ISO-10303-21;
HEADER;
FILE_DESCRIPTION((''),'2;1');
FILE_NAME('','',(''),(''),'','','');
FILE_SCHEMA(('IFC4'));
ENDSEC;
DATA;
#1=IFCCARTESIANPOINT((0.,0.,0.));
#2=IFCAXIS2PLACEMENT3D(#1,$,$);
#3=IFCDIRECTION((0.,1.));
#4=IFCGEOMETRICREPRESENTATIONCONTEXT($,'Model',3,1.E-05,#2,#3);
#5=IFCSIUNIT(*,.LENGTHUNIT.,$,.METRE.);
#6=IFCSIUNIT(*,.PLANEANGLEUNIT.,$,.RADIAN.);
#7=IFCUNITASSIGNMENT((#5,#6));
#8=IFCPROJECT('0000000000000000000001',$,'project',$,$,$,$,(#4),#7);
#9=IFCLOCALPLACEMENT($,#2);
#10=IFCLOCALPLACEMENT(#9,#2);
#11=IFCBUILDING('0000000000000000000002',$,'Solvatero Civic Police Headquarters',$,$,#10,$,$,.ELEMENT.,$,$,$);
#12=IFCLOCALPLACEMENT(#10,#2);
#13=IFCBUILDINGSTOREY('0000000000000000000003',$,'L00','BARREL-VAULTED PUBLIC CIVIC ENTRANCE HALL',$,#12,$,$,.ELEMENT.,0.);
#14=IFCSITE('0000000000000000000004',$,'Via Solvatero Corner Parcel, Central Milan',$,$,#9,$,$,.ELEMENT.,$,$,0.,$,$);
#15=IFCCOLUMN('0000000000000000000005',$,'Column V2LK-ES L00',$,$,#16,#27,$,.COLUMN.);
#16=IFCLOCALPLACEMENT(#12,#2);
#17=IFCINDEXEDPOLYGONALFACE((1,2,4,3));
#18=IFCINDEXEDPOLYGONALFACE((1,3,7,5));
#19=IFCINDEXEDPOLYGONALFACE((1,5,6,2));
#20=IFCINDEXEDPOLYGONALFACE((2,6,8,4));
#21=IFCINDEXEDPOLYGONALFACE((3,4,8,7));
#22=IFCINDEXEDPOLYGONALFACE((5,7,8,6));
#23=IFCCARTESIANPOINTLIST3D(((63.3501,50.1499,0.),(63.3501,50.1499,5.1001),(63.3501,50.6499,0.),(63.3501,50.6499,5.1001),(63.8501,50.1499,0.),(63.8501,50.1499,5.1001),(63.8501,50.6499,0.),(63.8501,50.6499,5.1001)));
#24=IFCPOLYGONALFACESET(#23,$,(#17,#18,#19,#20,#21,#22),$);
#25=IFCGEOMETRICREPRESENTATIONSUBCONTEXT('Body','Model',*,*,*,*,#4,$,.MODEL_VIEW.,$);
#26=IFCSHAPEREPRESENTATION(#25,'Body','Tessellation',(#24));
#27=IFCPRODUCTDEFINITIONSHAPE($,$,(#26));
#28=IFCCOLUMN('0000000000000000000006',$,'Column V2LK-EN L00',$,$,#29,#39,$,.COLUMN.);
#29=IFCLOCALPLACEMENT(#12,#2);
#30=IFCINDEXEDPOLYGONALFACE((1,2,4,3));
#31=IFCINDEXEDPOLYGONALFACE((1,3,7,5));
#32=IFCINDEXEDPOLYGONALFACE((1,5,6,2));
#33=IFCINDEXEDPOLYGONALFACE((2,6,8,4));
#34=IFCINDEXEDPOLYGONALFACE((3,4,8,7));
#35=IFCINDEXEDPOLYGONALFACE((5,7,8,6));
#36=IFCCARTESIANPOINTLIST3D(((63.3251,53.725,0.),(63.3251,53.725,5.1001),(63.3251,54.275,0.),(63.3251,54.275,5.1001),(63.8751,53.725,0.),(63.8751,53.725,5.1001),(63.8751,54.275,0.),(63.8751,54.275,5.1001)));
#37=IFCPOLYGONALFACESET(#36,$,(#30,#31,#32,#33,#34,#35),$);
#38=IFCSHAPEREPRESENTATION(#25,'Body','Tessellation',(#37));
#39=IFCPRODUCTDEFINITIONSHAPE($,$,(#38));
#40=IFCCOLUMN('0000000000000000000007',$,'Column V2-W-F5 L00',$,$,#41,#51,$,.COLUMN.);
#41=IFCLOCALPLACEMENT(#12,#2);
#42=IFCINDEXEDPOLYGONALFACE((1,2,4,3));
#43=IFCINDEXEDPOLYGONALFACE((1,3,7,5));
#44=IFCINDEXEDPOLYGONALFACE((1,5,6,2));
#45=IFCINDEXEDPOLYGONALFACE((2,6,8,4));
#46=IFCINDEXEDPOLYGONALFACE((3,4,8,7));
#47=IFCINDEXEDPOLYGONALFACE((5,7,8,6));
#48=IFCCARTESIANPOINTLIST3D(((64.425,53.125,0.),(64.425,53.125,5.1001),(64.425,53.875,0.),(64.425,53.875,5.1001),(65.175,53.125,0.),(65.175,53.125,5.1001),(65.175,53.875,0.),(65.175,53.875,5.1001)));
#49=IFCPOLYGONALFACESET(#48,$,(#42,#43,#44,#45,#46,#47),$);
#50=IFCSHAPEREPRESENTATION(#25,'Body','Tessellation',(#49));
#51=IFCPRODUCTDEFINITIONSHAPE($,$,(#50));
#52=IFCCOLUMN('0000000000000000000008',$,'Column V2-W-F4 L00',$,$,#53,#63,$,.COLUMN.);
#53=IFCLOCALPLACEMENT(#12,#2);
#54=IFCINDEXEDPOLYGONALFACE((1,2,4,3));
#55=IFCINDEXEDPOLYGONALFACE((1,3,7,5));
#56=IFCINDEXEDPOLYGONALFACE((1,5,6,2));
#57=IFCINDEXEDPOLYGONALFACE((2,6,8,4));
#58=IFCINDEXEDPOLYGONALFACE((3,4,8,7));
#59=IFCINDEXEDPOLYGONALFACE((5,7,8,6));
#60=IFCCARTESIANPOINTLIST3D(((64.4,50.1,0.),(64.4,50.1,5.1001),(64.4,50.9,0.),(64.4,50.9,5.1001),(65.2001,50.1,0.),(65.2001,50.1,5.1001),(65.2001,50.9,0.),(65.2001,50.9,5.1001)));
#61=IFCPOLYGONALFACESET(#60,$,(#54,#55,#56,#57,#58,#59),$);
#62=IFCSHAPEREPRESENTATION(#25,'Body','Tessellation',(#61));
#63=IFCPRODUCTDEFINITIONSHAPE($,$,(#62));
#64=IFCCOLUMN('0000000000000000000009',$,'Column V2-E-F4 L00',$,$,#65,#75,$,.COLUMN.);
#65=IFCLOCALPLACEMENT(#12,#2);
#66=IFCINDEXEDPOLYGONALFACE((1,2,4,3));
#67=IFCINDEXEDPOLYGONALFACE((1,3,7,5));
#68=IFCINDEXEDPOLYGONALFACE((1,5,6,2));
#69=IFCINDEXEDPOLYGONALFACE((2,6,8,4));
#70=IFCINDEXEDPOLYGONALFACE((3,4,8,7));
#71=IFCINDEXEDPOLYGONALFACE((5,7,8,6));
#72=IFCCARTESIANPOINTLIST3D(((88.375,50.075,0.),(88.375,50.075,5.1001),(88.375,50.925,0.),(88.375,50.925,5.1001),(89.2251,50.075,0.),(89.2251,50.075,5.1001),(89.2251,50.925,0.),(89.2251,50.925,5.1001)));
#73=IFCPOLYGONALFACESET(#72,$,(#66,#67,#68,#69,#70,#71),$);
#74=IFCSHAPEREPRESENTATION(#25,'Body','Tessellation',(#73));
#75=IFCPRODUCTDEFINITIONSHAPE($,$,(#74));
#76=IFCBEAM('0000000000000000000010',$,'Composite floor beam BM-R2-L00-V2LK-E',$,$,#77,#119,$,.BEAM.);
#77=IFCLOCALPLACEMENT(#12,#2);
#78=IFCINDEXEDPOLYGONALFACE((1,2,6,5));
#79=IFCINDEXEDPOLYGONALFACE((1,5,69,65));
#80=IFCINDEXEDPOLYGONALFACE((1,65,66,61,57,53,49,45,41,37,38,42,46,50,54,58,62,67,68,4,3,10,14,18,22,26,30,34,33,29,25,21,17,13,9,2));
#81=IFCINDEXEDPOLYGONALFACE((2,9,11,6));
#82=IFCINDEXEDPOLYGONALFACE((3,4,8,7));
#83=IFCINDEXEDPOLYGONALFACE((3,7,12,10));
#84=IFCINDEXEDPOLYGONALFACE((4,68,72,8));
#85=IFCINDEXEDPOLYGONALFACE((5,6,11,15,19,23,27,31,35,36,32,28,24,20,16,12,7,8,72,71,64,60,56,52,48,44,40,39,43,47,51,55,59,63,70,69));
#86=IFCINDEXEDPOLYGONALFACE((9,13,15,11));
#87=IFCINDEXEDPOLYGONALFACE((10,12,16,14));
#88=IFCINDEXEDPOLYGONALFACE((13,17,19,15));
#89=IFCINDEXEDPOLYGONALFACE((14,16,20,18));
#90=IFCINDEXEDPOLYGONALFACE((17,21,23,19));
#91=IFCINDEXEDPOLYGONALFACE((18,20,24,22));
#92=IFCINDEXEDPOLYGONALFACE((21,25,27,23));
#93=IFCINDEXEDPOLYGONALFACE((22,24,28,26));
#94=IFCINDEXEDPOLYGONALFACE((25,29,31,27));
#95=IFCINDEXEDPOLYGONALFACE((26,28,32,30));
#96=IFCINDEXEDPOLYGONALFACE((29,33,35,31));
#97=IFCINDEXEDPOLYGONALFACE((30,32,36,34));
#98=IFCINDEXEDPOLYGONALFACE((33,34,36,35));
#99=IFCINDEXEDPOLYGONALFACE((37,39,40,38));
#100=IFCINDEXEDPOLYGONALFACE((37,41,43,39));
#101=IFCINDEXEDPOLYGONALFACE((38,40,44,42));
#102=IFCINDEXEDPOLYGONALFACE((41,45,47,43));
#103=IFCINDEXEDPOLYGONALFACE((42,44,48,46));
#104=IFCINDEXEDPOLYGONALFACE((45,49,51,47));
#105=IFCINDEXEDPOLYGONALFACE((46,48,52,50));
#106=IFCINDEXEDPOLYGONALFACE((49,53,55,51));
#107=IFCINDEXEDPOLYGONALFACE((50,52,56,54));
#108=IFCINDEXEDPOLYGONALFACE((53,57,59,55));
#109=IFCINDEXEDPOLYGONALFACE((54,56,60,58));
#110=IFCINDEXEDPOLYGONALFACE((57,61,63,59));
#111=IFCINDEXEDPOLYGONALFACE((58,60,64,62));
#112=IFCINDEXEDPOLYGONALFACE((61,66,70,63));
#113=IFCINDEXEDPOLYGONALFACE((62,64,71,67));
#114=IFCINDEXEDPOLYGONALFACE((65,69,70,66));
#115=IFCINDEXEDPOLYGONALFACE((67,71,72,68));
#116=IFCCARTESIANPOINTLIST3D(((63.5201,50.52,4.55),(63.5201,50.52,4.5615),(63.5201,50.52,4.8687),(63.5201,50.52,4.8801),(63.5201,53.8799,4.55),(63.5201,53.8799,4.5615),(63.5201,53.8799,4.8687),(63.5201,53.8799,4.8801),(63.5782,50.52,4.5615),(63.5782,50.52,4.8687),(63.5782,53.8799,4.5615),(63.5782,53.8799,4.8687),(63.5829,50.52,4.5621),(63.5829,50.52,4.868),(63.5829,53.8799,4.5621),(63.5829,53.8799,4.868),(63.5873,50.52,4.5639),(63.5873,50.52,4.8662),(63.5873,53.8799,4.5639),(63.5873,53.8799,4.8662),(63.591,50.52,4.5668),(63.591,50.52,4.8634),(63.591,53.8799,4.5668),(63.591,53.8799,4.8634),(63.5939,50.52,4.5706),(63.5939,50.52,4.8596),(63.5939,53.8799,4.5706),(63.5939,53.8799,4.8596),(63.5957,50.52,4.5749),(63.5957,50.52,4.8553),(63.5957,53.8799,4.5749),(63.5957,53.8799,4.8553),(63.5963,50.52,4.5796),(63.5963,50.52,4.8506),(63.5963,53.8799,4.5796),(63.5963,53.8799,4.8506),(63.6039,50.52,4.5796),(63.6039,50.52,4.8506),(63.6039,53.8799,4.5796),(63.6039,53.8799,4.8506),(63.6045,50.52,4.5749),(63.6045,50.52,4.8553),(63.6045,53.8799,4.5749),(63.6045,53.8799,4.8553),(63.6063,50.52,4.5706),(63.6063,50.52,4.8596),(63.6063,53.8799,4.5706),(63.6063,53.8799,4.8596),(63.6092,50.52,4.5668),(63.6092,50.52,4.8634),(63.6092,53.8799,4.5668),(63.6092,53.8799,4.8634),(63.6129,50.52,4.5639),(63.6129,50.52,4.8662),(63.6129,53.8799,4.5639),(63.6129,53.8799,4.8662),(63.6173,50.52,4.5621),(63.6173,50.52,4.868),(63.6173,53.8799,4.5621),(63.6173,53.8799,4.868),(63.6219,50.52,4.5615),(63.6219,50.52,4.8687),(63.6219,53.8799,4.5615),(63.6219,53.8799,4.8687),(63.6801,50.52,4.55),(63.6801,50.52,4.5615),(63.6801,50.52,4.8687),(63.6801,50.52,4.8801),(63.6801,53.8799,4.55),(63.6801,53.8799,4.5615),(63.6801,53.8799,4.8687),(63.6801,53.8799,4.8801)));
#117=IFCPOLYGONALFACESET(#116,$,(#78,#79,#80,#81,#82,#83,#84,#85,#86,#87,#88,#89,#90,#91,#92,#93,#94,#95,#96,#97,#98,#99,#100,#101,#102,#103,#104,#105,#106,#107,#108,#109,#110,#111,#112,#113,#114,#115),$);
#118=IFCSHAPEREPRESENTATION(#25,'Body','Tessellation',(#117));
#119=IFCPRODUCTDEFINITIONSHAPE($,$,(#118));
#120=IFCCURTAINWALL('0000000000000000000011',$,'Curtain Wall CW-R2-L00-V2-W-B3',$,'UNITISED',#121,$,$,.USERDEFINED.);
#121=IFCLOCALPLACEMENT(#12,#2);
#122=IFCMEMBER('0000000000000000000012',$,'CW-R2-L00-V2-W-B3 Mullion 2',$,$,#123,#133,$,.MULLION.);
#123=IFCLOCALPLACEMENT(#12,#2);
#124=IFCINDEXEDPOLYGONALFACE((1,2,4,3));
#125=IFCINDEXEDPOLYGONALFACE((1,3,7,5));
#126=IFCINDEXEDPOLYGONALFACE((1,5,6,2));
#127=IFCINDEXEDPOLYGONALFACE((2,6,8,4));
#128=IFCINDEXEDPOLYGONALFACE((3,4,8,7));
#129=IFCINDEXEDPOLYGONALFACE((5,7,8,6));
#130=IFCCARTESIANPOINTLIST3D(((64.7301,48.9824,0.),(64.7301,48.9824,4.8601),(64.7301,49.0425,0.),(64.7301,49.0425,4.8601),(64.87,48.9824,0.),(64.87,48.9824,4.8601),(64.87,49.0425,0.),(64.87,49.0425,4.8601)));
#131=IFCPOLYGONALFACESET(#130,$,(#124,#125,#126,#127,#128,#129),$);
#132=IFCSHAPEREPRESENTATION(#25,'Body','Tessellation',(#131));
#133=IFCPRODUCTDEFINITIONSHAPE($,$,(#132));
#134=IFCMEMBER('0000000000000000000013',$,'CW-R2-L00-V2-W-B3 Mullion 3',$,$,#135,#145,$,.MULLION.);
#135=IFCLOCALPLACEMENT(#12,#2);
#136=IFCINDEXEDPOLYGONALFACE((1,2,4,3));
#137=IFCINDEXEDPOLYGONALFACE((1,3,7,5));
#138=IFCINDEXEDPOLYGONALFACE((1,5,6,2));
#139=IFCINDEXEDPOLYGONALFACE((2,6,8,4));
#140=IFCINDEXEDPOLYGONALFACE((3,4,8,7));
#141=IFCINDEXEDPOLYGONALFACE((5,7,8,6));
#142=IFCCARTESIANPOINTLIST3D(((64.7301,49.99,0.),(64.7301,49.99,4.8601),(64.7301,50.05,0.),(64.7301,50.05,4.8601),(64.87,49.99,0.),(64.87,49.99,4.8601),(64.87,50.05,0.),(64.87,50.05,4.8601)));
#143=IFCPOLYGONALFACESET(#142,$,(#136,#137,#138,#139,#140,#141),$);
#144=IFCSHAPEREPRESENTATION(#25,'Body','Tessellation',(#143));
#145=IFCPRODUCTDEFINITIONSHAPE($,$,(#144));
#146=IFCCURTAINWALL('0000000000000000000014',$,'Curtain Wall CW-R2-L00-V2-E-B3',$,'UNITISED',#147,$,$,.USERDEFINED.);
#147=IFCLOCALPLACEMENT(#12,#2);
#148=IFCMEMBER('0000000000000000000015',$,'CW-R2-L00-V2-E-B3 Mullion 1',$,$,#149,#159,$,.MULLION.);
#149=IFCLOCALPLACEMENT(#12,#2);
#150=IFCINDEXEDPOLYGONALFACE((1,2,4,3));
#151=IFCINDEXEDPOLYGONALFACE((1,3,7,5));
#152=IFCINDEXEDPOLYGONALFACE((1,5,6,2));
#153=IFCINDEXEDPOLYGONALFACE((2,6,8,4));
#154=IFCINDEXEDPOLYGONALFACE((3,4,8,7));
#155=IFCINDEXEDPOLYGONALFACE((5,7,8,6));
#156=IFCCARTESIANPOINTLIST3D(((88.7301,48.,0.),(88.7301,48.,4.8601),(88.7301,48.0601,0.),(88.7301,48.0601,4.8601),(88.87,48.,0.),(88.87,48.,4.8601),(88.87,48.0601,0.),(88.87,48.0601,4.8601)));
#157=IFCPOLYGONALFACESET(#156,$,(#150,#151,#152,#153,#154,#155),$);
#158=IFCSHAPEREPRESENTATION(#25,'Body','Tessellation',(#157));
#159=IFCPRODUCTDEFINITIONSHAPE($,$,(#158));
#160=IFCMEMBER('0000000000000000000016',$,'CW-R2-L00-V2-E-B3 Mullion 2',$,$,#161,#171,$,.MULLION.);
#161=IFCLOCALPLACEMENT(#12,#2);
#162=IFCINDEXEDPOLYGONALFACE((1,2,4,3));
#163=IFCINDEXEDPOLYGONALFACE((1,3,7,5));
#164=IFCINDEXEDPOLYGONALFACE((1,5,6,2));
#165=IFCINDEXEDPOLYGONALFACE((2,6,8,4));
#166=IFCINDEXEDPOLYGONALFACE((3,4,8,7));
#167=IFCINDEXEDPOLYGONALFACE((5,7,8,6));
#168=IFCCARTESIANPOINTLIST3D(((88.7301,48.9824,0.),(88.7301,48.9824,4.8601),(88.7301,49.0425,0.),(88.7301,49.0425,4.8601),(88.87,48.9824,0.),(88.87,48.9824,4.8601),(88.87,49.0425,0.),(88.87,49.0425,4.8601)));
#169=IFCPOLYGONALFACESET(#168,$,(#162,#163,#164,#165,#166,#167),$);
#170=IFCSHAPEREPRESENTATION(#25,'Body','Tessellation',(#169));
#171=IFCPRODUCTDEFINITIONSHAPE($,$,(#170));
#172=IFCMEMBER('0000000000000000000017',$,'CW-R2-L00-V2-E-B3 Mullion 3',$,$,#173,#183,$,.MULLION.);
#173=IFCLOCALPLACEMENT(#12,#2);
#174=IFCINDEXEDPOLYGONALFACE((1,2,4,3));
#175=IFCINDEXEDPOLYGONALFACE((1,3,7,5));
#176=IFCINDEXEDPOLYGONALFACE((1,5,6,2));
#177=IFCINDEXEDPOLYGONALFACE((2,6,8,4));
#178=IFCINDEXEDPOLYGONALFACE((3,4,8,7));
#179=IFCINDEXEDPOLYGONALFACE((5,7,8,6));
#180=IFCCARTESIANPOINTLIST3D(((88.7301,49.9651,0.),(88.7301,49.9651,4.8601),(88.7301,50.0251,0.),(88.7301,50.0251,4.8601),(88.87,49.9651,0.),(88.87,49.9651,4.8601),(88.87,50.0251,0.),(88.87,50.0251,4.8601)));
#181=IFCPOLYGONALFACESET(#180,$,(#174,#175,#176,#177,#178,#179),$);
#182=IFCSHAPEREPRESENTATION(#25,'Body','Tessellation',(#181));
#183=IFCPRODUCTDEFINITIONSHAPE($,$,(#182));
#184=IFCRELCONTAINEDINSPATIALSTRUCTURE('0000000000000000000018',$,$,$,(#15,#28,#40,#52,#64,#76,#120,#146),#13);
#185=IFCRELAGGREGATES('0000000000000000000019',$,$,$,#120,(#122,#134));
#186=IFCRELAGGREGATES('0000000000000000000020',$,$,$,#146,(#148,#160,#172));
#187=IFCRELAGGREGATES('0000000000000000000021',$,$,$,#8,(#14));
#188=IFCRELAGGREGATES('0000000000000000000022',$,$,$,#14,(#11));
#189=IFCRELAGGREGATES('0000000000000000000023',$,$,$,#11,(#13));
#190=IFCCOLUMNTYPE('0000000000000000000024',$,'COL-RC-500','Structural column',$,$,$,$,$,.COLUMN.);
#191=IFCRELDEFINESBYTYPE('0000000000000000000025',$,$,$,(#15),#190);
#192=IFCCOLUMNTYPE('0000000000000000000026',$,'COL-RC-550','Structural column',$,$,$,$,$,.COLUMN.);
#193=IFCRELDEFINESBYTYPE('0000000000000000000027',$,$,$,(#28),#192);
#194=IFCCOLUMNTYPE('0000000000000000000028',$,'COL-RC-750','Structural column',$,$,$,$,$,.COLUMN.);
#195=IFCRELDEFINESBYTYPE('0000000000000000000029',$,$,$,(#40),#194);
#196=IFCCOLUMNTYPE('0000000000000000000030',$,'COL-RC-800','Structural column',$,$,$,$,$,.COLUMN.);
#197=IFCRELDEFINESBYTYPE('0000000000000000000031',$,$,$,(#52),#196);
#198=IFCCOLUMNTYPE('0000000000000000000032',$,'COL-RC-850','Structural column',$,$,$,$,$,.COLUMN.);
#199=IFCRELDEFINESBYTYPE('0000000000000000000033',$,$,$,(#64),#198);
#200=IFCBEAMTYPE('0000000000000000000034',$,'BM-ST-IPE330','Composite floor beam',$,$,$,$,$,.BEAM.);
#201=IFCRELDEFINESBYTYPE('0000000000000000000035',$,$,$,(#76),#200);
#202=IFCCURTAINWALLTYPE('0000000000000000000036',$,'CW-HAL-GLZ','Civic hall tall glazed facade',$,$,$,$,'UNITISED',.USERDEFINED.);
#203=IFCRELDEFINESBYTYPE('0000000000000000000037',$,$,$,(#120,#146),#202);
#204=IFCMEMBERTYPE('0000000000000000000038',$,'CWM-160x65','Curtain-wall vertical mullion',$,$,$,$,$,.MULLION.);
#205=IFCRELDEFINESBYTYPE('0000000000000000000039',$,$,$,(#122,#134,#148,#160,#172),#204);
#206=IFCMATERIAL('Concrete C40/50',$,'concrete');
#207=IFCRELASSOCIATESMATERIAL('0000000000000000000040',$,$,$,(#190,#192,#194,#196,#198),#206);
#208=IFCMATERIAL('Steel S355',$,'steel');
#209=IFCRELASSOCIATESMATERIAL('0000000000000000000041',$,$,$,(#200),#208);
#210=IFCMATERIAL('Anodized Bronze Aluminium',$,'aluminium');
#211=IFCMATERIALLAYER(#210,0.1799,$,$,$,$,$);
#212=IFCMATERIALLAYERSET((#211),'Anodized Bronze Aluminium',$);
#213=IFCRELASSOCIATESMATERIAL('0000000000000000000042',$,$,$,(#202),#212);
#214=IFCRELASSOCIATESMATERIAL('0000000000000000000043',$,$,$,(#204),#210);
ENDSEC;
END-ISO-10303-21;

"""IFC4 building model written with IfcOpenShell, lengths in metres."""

from ifc_helpers import new_model, si_unit, direction, frame, origin, origin_2d, place, context, subcontext, project, spatial, rectangle, i_section, extrude, material, layer, layer_set, material_profile, profile_set, type_object, element, aggregate, save


model = new_model("IFC4")

# Units and contexts
model_context = context("Model", 3, precision=1e-05, world=origin(), true_north=direction((0.0, 1.0)))
body_context = subcontext(model_context, "Body", "Model", "MODEL_VIEW")
ifc_project = project(units=[si_unit("LENGTHUNIT", "METRE"), si_unit("PLANEANGLEUNIT", "RADIAN")], contexts=[model_context])

# Site, building, storey
site_placement = place(None, origin())
site = spatial("IfcSite", under=ifc_project, at=site_placement, Name="Via Solvatero Corner Parcel, Central Milan", CompositionType="ELEMENT", RefElevation=0.0)
building_placement = place(site_placement, origin())
building = spatial("IfcBuilding", under=site, at=building_placement, Name="Solvatero Civic Police Headquarters", CompositionType="ELEMENT")
storey_placement = place(building_placement, origin())
storey = spatial("IfcBuildingStorey", under=building, at=storey_placement, Name="L00", Description="BARREL-VAULTED PUBLIC CIVIC ENTRANCE HALL", CompositionType="ELEMENT", Elevation=0.0)

# Columns
ifc_material_1 = material(Name="Concrete C40/50", Category="concrete")
ifc_material_profile_1 = material_profile(ifc_material_1, rectangle(XDim=0.5, YDim=0.5, at=origin_2d()), Name="RC 500x500")
ifc_profile_set_1 = profile_set([ifc_material_profile_1], Name="Concrete C40/50")
column_type_1 = type_object("IfcColumnType", Name="COL-RC-500", Description="Structural column", PredefinedType="COLUMN", material=ifc_profile_set_1)
column_1_placement = place(storey_placement, frame((63.6001, 50.3999, 0.0), z_axis=(0.0, 0.0, 1.0), x_axis=(1.0, 0.0, 0.0)))
element("IfcColumn", 1, at=column_1_placement, inside=storey, type_object=column_type_1, Name="Column V2LK-ES L00", PredefinedType="COLUMN", context=body_context, shape_type="SweptSolid", body=[
    extrude(rectangle(XDim=0.5, YDim=0.5, at=origin_2d()), origin(), (0.0, 0.0, 1.0), 5.1001),
])
ifc_material_profile_2 = material_profile(ifc_material_1, rectangle(XDim=0.55, YDim=0.55, at=origin_2d()), Name="RC 550x550")
ifc_profile_set_2 = profile_set([ifc_material_profile_2], Name="Concrete C40/50")
column_type_2 = type_object("IfcColumnType", Name="COL-RC-550", Description="Structural column", PredefinedType="COLUMN", material=ifc_profile_set_2)
column_2_placement = place(storey_placement, frame((63.6001, 54.0, 0.0), z_axis=(0.0, 0.0, 1.0), x_axis=(1.0, 0.0, 0.0)))
element("IfcColumn", 2, at=column_2_placement, inside=storey, type_object=column_type_2, Name="Column V2LK-EN L00", PredefinedType="COLUMN", context=body_context, shape_type="SweptSolid", body=[
    extrude(rectangle(XDim=0.55, YDim=0.55, at=origin_2d()), origin(), (0.0, 0.0, 1.0), 5.1001),
])
ifc_material_profile_3 = material_profile(ifc_material_1, rectangle(XDim=0.75, YDim=0.75, at=origin_2d()), Name="RC 750x750")
ifc_profile_set_3 = profile_set([ifc_material_profile_3], Name="Concrete C40/50")
column_type_3 = type_object("IfcColumnType", Name="COL-RC-750", Description="Structural column", PredefinedType="COLUMN", material=ifc_profile_set_3)
column_3_placement = place(storey_placement, frame((64.8, 53.5, 0.0), z_axis=(0.0, 0.0, 1.0), x_axis=(1.0, 0.0, 0.0)))
element("IfcColumn", 3, at=column_3_placement, inside=storey, type_object=column_type_3, Name="Column V2-W-F5 L00", PredefinedType="COLUMN", context=body_context, shape_type="SweptSolid", body=[
    extrude(rectangle(XDim=0.75, YDim=0.75, at=origin_2d()), origin(), (0.0, 0.0, 1.0), 5.1001),
])
ifc_material_profile_4 = material_profile(ifc_material_1, rectangle(XDim=0.8, YDim=0.8, at=origin_2d()), Name="RC 800x800")
ifc_profile_set_4 = profile_set([ifc_material_profile_4], Name="Concrete C40/50")
column_type_4 = type_object("IfcColumnType", Name="COL-RC-800", Description="Structural column", PredefinedType="COLUMN", material=ifc_profile_set_4)
column_4_placement = place(storey_placement, frame((64.8, 50.5, 0.0), z_axis=(0.0, 0.0, 1.0), x_axis=(1.0, 0.0, 0.0)))
element("IfcColumn", 4, at=column_4_placement, inside=storey, type_object=column_type_4, Name="Column V2-W-F4 L00", PredefinedType="COLUMN", context=body_context, shape_type="SweptSolid", body=[
    extrude(rectangle(XDim=0.8, YDim=0.8, at=origin_2d()), origin(), (0.0, 0.0, 1.0), 5.1001),
])
ifc_material_profile_5 = material_profile(ifc_material_1, rectangle(XDim=0.8501, YDim=0.8501, at=origin_2d()), Name="RC 850x850")
ifc_profile_set_5 = profile_set([ifc_material_profile_5], Name="Concrete C40/50")
column_type_5 = type_object("IfcColumnType", Name="COL-RC-850", Description="Structural column", PredefinedType="COLUMN", material=ifc_profile_set_5)
column_5_placement = place(storey_placement, frame((88.8, 50.5, 0.0), z_axis=(0.0, 0.0, 1.0), x_axis=(1.0, 0.0, 0.0)))
element("IfcColumn", 5, at=column_5_placement, inside=storey, type_object=column_type_5, Name="Column V2-E-F4 L00", PredefinedType="COLUMN", context=body_context, shape_type="SweptSolid", body=[
    extrude(rectangle(XDim=0.8501, YDim=0.8501, at=origin_2d()), origin(), (0.0, 0.0, 1.0), 5.1001),
])

# Beam
ifc_material_2 = material(Name="Steel S355", Category="steel")
ifc_material_profile_6 = material_profile(ifc_material_2, i_section(OverallWidth=0.1599, OverallDepth=0.3301, WebThickness=0.0076, FlangeThickness=0.0115, FilletRadius=0.0181, at=origin_2d()), Name="IPE 330")
ifc_profile_set_6 = profile_set([ifc_material_profile_6], Name="Steel S355")
beam_type = type_object("IfcBeamType", Name="BM-ST-IPE330", Description="Composite floor beam", PredefinedType="BEAM", material=ifc_profile_set_6)
beam_placement = place(storey_placement, frame((63.6001, 50.52, 4.7151), z_axis=(0.0, 1.0, 0.0), x_axis=(-1.0, 0.0, 0.0)))
element("IfcBeam", 6, at=beam_placement, inside=storey, type_object=beam_type, Name="Composite floor beam BM-R2-L00-V2LK-E", PredefinedType="BEAM", context=body_context, shape_type="SweptSolid", body=[
    extrude(i_section(OverallWidth=0.1599, OverallDepth=0.3301, WebThickness=0.0076, FlangeThickness=0.0115, FilletRadius=0.0181, at=origin_2d()), origin(), (0.0, 0.0, 1.0), 3.3599),
])

# Curtain walls, members
ifc_material_3 = material(Name="Anodized Bronze Aluminium", Category="aluminium")
ifc_layer_1 = layer(ifc_material_3, 0.1799)
ifc_layer_set_1 = layer_set([ifc_layer_1], Name="Anodized Bronze Aluminium")
curtain_wall_type_1 = type_object("IfcCurtainWallType", Name="CW-HAL-GLZ", Description="Civic hall tall glazed facade", ElementType="UNITISED", PredefinedType="USERDEFINED", material=ifc_layer_set_1)
curtain_wall_1_placement = place(storey_placement, origin())
curtain_wall_1 = element("IfcCurtainWall", 7, at=curtain_wall_1_placement, inside=storey, type_object=curtain_wall_type_1, Name="Curtain Wall CW-R2-L00-V2-W-B3", ObjectType="UNITISED", PredefinedType="USERDEFINED")
ifc_material_profile_7 = material_profile(ifc_material_3, rectangle(XDim=0.0601, YDim=0.1399, at=origin_2d()), Name="ALU MULLION 60x140")
ifc_profile_set_7 = profile_set([ifc_material_profile_7], Name="Anodized Bronze Aluminium")
member_type_1 = type_object("IfcMemberType", Name="CWM-160x65", Description="Curtain-wall vertical mullion", PredefinedType="MULLION", material=ifc_profile_set_7)
member_1_placement = place(storey_placement, frame((64.8, 49.0125, 0.0), z_axis=(0.0, 0.0, 1.0), x_axis=(0.0, 1.0, 0.0)))
member_1 = element("IfcMember", 8, at=member_1_placement, type_object=member_type_1, Name="CW-R2-L00-V2-W-B3 Mullion 2", PredefinedType="MULLION", context=body_context, shape_type="SweptSolid", body=[
    extrude(rectangle(XDim=0.0601, YDim=0.1399, at=origin_2d()), origin(), (0.0, 0.0, 1.0), 4.8601),
])
member_2_placement = place(storey_placement, frame((64.8, 50.02, 0.0), z_axis=(0.0, 0.0, 1.0), x_axis=(0.0, 1.0, 0.0)))
member_2 = element("IfcMember", 9, at=member_2_placement, type_object=member_type_1, Name="CW-R2-L00-V2-W-B3 Mullion 3", PredefinedType="MULLION", context=body_context, shape_type="SweptSolid", body=[
    extrude(rectangle(XDim=0.0601, YDim=0.1399, at=origin_2d()), origin(), (0.0, 0.0, 1.0), 4.8601),
])
curtain_wall_2_placement = place(storey_placement, origin())
curtain_wall_2 = element("IfcCurtainWall", 10, at=curtain_wall_2_placement, inside=storey, type_object=curtain_wall_type_1, Name="Curtain Wall CW-R2-L00-V2-E-B3", ObjectType="UNITISED", PredefinedType="USERDEFINED")
member_3_placement = place(storey_placement, frame((88.8, 48.03, 0.0), z_axis=(0.0, 0.0, 1.0), x_axis=(0.0, 1.0, 0.0)))
member_3 = element("IfcMember", 11, at=member_3_placement, type_object=member_type_1, Name="CW-R2-L00-V2-E-B3 Mullion 1", PredefinedType="MULLION", context=body_context, shape_type="SweptSolid", body=[
    extrude(rectangle(XDim=0.0601, YDim=0.1399, at=origin_2d()), origin(), (0.0, 0.0, 1.0), 4.8601),
])
member_4_placement = place(storey_placement, frame((88.8, 49.0125, 0.0), z_axis=(0.0, 0.0, 1.0), x_axis=(0.0, 1.0, 0.0)))
member_4 = element("IfcMember", 12, at=member_4_placement, type_object=member_type_1, Name="CW-R2-L00-V2-E-B3 Mullion 2", PredefinedType="MULLION", context=body_context, shape_type="SweptSolid", body=[
    extrude(rectangle(XDim=0.0601, YDim=0.1399, at=origin_2d()), origin(), (0.0, 0.0, 1.0), 4.8601),
])
member_5_placement = place(storey_placement, frame((88.8, 49.9951, 0.0), z_axis=(0.0, 0.0, 1.0), x_axis=(0.0, 1.0, 0.0)))
member_5 = element("IfcMember", 13, at=member_5_placement, type_object=member_type_1, Name="CW-R2-L00-V2-E-B3 Mullion 3", PredefinedType="MULLION", context=body_context, shape_type="SweptSolid", body=[
    extrude(rectangle(XDim=0.0601, YDim=0.1399, at=origin_2d()), origin(), (0.0, 0.0, 1.0), 4.8601),
])

aggregate(curtain_wall_1, [member_1, member_2])
aggregate(curtain_wall_2, [member_3, member_4, member_5])

save(model, "model.ifc")
